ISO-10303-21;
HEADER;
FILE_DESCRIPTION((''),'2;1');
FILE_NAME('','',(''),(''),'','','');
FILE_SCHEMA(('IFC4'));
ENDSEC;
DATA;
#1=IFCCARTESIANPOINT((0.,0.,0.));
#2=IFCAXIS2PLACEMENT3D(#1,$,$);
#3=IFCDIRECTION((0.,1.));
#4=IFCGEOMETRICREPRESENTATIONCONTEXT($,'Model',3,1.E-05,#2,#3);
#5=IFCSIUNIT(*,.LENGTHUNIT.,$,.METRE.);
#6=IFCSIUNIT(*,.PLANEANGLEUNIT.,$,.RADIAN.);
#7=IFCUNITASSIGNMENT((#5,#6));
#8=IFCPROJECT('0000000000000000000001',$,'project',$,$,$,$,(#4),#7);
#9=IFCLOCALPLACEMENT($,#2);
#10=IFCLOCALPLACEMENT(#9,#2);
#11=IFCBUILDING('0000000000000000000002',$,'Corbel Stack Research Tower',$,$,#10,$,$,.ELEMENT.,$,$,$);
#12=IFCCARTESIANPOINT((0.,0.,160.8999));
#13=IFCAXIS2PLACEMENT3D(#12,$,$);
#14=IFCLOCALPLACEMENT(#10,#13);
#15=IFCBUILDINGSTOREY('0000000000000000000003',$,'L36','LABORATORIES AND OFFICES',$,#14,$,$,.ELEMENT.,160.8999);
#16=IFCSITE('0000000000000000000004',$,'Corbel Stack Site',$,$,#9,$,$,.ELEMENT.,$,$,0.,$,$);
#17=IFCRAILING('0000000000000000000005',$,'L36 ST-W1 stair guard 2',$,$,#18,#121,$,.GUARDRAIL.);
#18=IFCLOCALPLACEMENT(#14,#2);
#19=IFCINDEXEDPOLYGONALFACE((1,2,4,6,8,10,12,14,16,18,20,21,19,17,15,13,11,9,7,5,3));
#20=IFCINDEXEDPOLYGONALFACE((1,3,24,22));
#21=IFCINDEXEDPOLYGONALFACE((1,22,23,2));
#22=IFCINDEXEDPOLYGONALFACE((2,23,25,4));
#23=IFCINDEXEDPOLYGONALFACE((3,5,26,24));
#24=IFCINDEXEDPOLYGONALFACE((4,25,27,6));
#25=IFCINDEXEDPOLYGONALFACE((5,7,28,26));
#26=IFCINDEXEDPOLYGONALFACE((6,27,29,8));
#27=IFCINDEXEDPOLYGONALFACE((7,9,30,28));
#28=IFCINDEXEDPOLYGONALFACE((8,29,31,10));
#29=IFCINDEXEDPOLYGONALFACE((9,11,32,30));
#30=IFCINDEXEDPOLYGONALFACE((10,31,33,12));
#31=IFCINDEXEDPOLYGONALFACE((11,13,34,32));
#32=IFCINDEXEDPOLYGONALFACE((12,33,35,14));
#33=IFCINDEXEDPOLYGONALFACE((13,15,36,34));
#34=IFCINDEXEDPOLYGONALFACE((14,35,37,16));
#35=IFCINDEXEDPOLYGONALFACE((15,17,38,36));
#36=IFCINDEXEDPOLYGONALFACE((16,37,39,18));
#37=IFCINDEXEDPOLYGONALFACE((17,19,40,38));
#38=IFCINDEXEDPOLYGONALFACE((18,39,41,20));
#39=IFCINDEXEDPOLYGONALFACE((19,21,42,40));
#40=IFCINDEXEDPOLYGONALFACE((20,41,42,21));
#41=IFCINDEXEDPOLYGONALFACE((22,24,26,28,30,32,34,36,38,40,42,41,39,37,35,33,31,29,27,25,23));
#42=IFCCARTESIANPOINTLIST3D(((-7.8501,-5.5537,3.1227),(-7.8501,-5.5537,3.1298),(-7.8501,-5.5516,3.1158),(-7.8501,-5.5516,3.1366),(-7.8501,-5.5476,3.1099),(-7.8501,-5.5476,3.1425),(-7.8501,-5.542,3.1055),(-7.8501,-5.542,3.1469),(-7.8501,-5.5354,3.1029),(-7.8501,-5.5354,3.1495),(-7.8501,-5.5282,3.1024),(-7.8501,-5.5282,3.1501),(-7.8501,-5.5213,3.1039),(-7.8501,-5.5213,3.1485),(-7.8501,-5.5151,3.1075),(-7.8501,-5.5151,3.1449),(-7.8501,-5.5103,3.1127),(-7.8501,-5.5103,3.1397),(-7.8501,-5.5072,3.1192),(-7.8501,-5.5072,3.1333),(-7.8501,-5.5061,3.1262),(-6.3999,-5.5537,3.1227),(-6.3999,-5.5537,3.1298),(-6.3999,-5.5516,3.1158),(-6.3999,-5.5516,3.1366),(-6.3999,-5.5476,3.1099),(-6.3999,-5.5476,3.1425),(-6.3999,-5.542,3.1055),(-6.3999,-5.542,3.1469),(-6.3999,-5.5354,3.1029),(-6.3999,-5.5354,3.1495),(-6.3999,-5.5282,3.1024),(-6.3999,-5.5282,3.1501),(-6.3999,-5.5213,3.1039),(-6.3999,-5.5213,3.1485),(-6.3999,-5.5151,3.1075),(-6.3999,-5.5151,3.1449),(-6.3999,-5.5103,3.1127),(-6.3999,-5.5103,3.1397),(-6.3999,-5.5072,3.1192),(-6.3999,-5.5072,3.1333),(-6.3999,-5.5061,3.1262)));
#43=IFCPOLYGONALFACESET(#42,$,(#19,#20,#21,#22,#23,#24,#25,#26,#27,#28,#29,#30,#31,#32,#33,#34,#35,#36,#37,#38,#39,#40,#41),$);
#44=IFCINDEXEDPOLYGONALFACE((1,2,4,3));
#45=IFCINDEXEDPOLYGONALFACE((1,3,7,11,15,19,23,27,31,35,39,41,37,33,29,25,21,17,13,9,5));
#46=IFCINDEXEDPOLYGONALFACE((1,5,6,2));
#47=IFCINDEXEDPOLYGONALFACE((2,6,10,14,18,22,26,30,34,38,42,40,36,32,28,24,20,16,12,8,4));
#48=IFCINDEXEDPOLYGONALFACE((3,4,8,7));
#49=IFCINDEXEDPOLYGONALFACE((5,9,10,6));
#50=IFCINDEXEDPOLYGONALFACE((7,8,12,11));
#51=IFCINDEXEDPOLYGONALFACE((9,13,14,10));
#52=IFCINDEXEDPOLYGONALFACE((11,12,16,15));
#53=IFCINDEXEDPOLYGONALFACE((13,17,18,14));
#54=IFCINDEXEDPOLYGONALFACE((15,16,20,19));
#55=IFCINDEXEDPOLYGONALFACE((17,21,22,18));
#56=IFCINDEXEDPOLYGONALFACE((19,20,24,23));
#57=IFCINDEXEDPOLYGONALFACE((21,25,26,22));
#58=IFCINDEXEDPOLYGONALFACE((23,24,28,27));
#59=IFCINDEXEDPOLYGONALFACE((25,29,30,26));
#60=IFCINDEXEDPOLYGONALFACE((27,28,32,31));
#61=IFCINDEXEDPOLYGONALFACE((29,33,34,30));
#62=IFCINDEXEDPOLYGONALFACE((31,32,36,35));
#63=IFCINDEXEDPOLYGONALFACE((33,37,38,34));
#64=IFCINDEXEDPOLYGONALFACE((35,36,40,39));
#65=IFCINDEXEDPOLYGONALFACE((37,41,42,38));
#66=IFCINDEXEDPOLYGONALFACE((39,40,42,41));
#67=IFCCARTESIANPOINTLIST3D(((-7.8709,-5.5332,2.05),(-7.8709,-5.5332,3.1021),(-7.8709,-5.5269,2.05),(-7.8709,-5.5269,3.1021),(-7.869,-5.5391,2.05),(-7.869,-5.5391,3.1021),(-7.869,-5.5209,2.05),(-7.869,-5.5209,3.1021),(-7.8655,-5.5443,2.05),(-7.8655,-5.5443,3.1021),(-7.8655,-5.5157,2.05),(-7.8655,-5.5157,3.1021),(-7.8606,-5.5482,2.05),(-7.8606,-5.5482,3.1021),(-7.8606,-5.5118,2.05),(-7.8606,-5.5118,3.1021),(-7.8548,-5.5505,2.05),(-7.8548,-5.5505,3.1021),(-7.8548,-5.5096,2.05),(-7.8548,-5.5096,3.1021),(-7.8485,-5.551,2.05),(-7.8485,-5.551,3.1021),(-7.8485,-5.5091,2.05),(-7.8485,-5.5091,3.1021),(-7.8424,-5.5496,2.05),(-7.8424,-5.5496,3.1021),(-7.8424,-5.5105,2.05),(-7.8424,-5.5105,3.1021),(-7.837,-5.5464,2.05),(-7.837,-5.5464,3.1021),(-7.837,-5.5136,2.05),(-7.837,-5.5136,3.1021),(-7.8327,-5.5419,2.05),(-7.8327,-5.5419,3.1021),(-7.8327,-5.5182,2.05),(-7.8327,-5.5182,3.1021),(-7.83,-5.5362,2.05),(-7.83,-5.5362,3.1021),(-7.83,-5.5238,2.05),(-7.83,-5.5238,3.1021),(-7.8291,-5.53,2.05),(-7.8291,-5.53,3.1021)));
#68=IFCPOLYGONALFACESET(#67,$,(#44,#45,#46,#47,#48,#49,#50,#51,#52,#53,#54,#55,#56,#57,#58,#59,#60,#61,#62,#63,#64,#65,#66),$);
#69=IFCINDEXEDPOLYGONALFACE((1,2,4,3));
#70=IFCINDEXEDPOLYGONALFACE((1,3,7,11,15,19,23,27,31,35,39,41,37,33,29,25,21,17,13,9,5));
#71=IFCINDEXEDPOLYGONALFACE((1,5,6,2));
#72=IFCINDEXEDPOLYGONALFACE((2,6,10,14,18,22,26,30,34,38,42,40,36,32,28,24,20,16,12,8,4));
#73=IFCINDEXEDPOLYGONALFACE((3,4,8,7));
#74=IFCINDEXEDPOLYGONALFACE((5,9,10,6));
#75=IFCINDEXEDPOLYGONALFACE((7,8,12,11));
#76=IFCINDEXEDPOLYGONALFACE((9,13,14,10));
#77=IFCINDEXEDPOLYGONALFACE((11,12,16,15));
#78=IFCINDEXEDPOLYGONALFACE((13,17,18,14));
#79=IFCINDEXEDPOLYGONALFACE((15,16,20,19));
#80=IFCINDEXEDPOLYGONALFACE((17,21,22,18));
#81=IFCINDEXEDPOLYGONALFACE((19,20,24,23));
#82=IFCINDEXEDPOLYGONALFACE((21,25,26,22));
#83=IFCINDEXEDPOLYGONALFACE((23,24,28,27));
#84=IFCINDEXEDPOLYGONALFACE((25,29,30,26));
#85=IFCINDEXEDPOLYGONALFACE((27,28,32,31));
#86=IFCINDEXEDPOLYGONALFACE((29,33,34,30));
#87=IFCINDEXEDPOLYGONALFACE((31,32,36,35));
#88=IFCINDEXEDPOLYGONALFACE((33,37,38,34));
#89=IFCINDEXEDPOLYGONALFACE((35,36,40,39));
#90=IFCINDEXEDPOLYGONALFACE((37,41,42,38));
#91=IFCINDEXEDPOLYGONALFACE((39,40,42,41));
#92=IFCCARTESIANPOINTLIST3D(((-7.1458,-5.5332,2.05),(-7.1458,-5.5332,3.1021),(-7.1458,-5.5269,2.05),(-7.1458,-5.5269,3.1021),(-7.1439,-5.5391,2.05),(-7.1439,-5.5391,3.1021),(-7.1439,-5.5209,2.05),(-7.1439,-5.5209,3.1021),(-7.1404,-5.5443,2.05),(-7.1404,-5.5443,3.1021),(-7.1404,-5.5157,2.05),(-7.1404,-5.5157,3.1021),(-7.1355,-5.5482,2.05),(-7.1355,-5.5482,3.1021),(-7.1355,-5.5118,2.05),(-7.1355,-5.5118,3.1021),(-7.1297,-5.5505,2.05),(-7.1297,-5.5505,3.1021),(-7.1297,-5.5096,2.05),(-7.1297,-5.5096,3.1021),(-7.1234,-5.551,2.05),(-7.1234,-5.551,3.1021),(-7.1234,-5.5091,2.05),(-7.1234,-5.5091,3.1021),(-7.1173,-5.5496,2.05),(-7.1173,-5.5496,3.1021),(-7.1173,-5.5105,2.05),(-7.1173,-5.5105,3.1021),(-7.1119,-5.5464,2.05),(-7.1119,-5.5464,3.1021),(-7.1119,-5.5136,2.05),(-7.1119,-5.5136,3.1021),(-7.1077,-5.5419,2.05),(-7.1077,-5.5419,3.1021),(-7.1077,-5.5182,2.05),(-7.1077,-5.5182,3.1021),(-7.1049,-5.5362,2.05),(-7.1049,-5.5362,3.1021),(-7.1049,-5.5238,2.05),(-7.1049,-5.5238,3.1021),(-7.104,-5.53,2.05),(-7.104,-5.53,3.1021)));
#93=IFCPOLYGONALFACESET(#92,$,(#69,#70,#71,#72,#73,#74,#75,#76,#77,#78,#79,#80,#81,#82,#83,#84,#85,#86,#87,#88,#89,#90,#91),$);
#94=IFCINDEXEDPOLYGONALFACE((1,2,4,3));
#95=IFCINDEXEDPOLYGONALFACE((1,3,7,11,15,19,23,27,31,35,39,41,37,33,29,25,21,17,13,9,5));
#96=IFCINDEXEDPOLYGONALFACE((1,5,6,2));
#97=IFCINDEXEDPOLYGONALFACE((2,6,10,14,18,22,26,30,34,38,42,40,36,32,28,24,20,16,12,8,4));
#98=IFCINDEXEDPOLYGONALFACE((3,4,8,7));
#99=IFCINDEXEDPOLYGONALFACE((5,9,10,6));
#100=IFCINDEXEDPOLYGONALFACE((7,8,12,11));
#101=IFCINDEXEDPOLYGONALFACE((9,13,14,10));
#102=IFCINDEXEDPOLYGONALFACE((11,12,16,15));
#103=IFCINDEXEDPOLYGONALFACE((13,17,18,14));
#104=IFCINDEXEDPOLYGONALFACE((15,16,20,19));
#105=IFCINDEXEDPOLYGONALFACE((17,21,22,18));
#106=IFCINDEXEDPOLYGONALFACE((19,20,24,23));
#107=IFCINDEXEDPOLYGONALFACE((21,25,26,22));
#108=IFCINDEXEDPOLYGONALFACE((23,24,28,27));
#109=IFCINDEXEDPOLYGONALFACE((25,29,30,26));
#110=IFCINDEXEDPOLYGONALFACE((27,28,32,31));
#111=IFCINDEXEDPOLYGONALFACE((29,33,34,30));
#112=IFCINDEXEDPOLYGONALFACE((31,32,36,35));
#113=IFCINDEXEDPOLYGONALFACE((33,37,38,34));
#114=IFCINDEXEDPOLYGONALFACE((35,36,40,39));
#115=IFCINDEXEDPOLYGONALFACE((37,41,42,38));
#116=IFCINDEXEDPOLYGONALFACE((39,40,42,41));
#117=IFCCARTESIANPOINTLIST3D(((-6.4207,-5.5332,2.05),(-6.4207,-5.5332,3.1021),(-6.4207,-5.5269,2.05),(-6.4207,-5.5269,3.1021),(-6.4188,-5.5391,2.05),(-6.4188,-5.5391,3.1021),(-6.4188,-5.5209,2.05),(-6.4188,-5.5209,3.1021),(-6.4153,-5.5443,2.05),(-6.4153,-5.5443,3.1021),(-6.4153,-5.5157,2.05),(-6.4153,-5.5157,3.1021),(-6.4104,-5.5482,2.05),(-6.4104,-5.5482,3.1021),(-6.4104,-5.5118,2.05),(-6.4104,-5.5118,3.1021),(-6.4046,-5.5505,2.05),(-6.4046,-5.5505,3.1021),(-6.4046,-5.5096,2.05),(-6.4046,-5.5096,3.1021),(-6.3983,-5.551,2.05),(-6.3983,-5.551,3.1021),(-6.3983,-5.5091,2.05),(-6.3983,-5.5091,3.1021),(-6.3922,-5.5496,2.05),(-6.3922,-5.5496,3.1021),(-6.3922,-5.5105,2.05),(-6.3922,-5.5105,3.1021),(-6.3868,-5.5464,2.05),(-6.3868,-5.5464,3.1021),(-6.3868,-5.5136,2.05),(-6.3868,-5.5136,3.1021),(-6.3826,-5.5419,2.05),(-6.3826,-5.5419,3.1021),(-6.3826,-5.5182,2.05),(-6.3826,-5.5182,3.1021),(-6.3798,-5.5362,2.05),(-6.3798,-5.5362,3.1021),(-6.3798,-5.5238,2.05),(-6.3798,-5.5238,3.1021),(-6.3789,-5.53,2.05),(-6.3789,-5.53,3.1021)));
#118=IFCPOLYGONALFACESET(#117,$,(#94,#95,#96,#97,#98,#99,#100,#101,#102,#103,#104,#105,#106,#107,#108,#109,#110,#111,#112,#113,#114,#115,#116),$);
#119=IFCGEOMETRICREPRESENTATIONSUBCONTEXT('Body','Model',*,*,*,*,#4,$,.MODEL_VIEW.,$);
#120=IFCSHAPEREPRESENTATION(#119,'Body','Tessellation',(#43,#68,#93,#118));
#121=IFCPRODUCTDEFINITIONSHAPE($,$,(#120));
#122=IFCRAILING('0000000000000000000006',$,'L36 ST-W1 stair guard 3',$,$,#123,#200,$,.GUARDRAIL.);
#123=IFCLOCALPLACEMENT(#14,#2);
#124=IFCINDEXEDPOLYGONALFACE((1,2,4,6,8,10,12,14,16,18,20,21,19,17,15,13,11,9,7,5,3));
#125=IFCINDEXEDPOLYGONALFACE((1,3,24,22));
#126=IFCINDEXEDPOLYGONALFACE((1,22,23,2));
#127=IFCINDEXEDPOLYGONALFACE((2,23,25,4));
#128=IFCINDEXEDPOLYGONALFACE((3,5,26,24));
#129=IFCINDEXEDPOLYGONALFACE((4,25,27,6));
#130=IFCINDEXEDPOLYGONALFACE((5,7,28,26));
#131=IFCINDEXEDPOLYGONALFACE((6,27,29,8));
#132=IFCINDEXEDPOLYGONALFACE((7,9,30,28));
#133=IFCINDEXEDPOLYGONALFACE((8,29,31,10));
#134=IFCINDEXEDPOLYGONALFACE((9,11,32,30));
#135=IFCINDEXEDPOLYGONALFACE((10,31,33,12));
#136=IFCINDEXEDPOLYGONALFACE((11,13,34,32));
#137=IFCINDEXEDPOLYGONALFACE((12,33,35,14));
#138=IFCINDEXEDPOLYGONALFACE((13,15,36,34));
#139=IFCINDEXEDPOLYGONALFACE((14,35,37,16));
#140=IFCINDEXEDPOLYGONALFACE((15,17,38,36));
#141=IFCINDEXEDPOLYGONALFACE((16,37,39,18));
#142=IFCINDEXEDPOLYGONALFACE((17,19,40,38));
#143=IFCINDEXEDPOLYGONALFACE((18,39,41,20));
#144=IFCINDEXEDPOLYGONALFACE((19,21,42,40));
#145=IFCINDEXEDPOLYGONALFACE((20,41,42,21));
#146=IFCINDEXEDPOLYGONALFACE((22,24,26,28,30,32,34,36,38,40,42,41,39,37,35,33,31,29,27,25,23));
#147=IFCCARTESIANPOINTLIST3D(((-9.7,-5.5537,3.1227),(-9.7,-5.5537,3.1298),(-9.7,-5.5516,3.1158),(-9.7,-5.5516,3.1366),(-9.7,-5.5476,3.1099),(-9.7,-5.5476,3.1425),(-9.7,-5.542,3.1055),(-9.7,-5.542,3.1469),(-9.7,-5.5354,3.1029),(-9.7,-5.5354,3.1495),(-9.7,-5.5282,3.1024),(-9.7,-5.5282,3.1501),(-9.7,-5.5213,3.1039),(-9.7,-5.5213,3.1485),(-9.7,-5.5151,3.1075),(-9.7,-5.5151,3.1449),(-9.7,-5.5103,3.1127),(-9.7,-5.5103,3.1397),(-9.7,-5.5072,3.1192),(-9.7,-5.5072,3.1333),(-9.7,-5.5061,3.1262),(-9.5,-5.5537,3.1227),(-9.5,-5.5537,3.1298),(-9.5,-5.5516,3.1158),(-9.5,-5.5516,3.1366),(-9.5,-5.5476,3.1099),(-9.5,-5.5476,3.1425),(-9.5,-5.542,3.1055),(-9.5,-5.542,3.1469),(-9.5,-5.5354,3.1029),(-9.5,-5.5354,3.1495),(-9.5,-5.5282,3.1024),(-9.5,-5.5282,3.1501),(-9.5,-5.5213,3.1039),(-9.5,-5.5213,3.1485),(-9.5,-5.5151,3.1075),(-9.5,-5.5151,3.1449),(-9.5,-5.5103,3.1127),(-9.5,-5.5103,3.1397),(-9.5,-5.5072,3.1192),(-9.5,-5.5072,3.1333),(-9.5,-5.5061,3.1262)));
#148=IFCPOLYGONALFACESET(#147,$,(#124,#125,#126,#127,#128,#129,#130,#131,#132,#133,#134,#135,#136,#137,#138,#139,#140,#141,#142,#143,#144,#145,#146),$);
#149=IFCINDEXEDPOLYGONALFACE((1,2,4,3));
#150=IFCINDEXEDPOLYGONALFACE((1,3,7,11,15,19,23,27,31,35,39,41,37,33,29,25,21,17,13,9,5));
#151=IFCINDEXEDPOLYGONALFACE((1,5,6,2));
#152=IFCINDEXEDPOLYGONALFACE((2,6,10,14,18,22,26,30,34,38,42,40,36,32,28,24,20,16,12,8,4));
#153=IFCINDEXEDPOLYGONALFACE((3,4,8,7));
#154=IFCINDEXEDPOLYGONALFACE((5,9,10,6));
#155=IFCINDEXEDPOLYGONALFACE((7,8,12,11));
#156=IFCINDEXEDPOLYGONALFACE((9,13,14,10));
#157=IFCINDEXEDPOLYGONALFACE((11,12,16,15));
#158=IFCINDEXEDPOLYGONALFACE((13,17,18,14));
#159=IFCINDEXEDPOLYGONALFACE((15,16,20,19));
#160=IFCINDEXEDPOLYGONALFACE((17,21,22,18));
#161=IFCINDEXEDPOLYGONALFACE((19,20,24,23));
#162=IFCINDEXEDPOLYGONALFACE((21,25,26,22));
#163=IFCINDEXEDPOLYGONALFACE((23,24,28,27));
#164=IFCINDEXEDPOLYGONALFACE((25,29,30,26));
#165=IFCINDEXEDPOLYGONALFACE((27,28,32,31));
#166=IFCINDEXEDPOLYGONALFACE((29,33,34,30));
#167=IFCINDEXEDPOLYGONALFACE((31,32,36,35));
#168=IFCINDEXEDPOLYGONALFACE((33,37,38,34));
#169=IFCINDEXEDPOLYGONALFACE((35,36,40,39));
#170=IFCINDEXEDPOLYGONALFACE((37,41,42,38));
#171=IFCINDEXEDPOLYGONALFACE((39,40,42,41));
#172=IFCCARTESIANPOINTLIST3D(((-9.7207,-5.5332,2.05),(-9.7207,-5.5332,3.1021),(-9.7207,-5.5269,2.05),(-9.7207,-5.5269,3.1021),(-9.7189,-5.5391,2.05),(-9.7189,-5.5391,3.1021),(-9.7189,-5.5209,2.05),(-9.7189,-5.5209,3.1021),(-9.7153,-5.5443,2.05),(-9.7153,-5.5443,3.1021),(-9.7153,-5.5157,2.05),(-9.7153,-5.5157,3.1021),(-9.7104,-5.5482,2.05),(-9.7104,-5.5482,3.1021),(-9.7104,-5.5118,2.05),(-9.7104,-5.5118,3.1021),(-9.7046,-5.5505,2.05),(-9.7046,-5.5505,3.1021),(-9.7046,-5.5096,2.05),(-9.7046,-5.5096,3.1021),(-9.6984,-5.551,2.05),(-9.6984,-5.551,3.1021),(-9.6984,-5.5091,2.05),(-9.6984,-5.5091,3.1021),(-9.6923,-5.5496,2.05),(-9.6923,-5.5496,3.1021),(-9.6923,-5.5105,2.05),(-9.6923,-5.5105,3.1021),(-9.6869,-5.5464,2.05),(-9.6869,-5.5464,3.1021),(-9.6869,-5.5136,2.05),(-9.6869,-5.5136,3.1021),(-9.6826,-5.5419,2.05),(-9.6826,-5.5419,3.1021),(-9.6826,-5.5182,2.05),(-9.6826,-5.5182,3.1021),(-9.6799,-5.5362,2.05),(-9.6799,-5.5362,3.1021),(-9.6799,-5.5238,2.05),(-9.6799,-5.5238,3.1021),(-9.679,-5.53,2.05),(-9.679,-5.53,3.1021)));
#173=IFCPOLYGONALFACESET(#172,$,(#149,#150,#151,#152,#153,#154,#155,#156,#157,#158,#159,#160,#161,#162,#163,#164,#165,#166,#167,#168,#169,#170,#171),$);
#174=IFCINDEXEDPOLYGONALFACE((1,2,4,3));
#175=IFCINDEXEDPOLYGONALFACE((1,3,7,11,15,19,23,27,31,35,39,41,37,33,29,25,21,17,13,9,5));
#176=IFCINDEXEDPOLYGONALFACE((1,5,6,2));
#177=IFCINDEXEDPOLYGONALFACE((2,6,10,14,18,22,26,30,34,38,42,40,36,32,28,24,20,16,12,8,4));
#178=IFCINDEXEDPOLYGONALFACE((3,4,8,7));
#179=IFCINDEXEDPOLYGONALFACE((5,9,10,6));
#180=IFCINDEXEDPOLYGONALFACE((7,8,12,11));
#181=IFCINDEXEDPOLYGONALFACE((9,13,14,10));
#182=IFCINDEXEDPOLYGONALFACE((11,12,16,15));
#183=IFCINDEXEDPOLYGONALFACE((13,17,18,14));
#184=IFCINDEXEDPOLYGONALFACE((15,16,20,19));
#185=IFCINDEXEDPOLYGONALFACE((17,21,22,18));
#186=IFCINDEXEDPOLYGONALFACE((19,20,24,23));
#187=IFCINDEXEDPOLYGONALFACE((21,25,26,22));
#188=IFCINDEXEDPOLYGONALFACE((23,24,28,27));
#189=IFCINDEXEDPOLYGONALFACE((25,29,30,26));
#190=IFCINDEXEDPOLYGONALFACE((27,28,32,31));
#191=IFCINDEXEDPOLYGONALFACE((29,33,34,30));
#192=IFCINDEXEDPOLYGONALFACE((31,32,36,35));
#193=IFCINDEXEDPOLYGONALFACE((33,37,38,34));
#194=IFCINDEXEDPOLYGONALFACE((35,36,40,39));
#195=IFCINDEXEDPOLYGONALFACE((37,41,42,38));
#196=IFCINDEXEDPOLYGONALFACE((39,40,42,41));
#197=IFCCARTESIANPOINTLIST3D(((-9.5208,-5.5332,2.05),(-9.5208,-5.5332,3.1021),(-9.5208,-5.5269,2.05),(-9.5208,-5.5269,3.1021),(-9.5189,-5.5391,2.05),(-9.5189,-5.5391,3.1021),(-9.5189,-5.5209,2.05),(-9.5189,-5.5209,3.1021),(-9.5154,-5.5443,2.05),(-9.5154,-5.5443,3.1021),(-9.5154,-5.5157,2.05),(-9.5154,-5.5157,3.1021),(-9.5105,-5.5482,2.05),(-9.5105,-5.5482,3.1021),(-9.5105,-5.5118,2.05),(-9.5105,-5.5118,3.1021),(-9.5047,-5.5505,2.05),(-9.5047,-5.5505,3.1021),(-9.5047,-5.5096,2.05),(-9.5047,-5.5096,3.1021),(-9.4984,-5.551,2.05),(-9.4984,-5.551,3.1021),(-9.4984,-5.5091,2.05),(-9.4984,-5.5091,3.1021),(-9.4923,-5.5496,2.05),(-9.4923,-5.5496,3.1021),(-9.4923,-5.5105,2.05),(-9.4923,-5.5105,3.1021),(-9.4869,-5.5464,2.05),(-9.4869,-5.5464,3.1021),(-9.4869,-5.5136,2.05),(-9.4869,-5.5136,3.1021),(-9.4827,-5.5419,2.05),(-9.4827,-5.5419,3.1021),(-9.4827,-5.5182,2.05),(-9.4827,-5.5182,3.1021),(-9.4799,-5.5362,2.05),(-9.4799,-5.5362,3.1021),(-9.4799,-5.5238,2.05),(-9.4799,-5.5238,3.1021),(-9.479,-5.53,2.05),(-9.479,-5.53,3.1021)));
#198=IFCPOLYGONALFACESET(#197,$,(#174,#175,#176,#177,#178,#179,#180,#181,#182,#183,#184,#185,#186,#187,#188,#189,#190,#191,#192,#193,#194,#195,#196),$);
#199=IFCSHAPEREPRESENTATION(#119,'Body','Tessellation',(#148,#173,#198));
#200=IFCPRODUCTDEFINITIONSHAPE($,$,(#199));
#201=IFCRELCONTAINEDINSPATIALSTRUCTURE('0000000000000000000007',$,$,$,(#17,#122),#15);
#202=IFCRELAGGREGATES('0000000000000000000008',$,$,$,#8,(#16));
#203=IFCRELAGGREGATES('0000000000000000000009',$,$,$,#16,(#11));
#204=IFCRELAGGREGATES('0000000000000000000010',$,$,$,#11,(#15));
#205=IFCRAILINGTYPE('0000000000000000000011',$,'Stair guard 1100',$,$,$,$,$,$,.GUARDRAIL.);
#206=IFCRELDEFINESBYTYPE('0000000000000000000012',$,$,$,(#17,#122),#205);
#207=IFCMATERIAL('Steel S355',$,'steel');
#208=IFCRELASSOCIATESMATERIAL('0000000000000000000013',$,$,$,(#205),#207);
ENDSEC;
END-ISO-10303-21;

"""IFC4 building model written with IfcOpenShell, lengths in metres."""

from ifc_helpers import new_model, si_unit, direction, frame, origin, origin_2d, place, context, subcontext, project, spatial, circle, extrude, material, type_object, element, save


model = new_model("IFC4")

# Units and contexts
model_context = context("Model", 3, precision=1e-05, world=origin(), true_north=direction((0.0, 1.0)))
body_context = subcontext(model_context, "Body", "Model", "MODEL_VIEW")
ifc_project = project(units=[si_unit("LENGTHUNIT", "METRE"), si_unit("PLANEANGLEUNIT", "RADIAN")], contexts=[model_context])

# Site, building, storey
site_placement = place(None, origin())
site = spatial("IfcSite", under=ifc_project, at=site_placement, Name="Corbel Stack Site", CompositionType="ELEMENT", RefElevation=0.0)
building_placement = place(site_placement, origin())
building = spatial("IfcBuilding", under=site, at=building_placement, Name="Corbel Stack Research Tower", CompositionType="ELEMENT")
storey_placement = place(building_placement, frame((0.0, 0.0, 160.8999)))
storey = spatial("IfcBuildingStorey", under=building, at=storey_placement, Name="L36", Description="LABORATORIES AND OFFICES", CompositionType="ELEMENT", Elevation=160.8999)

# Railings
ifc_material_1 = material(Name="Steel S355", Category="steel")
railing_type_1 = type_object("IfcRailingType", Name="Stair guard 1100", PredefinedType="GUARDRAIL", material=ifc_material_1)
railing_1_placement = place(storey_placement, frame((-7.8501, -5.53, 2.05)))
element("IfcRailing", 1, at=railing_1_placement, inside=storey, type_object=railing_type_1, Name="L36 ST-W1 stair guard 2", PredefinedType="GUARDRAIL", context=body_context, shape_type="SweptSolid", body=[
    extrude(circle(Radius=0.0239, at=origin_2d()), frame((0.0, 0.0, 1.0762), z_axis=(1.0, 0.0, 0.0), x_axis=(0.0, 1.0, 0.0)), (0.0, 0.0, 1.0), 1.4502),
    extrude(circle(Radius=0.021, at=origin_2d()), origin(), (0.0, 0.0, 1.0), 1.052),
    extrude(circle(Radius=0.021, at=origin_2d()), frame((0.7251, 0.0, 0.0)), (0.0, 0.0, 1.0), 1.052),
    extrude(circle(Radius=0.021, at=origin_2d()), frame((1.4502, 0.0, 0.0)), (0.0, 0.0, 1.0), 1.052),
])
railing_2_placement = place(storey_placement, frame((-9.7, -5.53, 2.05)))
element("IfcRailing", 2, at=railing_2_placement, inside=storey, type_object=railing_type_1, Name="L36 ST-W1 stair guard 3", PredefinedType="GUARDRAIL", context=body_context, shape_type="SweptSolid", body=[
    extrude(circle(Radius=0.0239, at=origin_2d()), frame((0.0, 0.0, 1.0762), z_axis=(1.0, 0.0, 0.0), x_axis=(0.0, 1.0, 0.0)), (0.0, 0.0, 1.0), 0.2),
    extrude(circle(Radius=0.021, at=origin_2d()), origin(), (0.0, 0.0, 1.0), 1.052),
    extrude(circle(Radius=0.021, at=origin_2d()), frame((0.2, 0.0, 0.0)), (0.0, 0.0, 1.0), 1.052),
])

save(model, "model.ifc")
